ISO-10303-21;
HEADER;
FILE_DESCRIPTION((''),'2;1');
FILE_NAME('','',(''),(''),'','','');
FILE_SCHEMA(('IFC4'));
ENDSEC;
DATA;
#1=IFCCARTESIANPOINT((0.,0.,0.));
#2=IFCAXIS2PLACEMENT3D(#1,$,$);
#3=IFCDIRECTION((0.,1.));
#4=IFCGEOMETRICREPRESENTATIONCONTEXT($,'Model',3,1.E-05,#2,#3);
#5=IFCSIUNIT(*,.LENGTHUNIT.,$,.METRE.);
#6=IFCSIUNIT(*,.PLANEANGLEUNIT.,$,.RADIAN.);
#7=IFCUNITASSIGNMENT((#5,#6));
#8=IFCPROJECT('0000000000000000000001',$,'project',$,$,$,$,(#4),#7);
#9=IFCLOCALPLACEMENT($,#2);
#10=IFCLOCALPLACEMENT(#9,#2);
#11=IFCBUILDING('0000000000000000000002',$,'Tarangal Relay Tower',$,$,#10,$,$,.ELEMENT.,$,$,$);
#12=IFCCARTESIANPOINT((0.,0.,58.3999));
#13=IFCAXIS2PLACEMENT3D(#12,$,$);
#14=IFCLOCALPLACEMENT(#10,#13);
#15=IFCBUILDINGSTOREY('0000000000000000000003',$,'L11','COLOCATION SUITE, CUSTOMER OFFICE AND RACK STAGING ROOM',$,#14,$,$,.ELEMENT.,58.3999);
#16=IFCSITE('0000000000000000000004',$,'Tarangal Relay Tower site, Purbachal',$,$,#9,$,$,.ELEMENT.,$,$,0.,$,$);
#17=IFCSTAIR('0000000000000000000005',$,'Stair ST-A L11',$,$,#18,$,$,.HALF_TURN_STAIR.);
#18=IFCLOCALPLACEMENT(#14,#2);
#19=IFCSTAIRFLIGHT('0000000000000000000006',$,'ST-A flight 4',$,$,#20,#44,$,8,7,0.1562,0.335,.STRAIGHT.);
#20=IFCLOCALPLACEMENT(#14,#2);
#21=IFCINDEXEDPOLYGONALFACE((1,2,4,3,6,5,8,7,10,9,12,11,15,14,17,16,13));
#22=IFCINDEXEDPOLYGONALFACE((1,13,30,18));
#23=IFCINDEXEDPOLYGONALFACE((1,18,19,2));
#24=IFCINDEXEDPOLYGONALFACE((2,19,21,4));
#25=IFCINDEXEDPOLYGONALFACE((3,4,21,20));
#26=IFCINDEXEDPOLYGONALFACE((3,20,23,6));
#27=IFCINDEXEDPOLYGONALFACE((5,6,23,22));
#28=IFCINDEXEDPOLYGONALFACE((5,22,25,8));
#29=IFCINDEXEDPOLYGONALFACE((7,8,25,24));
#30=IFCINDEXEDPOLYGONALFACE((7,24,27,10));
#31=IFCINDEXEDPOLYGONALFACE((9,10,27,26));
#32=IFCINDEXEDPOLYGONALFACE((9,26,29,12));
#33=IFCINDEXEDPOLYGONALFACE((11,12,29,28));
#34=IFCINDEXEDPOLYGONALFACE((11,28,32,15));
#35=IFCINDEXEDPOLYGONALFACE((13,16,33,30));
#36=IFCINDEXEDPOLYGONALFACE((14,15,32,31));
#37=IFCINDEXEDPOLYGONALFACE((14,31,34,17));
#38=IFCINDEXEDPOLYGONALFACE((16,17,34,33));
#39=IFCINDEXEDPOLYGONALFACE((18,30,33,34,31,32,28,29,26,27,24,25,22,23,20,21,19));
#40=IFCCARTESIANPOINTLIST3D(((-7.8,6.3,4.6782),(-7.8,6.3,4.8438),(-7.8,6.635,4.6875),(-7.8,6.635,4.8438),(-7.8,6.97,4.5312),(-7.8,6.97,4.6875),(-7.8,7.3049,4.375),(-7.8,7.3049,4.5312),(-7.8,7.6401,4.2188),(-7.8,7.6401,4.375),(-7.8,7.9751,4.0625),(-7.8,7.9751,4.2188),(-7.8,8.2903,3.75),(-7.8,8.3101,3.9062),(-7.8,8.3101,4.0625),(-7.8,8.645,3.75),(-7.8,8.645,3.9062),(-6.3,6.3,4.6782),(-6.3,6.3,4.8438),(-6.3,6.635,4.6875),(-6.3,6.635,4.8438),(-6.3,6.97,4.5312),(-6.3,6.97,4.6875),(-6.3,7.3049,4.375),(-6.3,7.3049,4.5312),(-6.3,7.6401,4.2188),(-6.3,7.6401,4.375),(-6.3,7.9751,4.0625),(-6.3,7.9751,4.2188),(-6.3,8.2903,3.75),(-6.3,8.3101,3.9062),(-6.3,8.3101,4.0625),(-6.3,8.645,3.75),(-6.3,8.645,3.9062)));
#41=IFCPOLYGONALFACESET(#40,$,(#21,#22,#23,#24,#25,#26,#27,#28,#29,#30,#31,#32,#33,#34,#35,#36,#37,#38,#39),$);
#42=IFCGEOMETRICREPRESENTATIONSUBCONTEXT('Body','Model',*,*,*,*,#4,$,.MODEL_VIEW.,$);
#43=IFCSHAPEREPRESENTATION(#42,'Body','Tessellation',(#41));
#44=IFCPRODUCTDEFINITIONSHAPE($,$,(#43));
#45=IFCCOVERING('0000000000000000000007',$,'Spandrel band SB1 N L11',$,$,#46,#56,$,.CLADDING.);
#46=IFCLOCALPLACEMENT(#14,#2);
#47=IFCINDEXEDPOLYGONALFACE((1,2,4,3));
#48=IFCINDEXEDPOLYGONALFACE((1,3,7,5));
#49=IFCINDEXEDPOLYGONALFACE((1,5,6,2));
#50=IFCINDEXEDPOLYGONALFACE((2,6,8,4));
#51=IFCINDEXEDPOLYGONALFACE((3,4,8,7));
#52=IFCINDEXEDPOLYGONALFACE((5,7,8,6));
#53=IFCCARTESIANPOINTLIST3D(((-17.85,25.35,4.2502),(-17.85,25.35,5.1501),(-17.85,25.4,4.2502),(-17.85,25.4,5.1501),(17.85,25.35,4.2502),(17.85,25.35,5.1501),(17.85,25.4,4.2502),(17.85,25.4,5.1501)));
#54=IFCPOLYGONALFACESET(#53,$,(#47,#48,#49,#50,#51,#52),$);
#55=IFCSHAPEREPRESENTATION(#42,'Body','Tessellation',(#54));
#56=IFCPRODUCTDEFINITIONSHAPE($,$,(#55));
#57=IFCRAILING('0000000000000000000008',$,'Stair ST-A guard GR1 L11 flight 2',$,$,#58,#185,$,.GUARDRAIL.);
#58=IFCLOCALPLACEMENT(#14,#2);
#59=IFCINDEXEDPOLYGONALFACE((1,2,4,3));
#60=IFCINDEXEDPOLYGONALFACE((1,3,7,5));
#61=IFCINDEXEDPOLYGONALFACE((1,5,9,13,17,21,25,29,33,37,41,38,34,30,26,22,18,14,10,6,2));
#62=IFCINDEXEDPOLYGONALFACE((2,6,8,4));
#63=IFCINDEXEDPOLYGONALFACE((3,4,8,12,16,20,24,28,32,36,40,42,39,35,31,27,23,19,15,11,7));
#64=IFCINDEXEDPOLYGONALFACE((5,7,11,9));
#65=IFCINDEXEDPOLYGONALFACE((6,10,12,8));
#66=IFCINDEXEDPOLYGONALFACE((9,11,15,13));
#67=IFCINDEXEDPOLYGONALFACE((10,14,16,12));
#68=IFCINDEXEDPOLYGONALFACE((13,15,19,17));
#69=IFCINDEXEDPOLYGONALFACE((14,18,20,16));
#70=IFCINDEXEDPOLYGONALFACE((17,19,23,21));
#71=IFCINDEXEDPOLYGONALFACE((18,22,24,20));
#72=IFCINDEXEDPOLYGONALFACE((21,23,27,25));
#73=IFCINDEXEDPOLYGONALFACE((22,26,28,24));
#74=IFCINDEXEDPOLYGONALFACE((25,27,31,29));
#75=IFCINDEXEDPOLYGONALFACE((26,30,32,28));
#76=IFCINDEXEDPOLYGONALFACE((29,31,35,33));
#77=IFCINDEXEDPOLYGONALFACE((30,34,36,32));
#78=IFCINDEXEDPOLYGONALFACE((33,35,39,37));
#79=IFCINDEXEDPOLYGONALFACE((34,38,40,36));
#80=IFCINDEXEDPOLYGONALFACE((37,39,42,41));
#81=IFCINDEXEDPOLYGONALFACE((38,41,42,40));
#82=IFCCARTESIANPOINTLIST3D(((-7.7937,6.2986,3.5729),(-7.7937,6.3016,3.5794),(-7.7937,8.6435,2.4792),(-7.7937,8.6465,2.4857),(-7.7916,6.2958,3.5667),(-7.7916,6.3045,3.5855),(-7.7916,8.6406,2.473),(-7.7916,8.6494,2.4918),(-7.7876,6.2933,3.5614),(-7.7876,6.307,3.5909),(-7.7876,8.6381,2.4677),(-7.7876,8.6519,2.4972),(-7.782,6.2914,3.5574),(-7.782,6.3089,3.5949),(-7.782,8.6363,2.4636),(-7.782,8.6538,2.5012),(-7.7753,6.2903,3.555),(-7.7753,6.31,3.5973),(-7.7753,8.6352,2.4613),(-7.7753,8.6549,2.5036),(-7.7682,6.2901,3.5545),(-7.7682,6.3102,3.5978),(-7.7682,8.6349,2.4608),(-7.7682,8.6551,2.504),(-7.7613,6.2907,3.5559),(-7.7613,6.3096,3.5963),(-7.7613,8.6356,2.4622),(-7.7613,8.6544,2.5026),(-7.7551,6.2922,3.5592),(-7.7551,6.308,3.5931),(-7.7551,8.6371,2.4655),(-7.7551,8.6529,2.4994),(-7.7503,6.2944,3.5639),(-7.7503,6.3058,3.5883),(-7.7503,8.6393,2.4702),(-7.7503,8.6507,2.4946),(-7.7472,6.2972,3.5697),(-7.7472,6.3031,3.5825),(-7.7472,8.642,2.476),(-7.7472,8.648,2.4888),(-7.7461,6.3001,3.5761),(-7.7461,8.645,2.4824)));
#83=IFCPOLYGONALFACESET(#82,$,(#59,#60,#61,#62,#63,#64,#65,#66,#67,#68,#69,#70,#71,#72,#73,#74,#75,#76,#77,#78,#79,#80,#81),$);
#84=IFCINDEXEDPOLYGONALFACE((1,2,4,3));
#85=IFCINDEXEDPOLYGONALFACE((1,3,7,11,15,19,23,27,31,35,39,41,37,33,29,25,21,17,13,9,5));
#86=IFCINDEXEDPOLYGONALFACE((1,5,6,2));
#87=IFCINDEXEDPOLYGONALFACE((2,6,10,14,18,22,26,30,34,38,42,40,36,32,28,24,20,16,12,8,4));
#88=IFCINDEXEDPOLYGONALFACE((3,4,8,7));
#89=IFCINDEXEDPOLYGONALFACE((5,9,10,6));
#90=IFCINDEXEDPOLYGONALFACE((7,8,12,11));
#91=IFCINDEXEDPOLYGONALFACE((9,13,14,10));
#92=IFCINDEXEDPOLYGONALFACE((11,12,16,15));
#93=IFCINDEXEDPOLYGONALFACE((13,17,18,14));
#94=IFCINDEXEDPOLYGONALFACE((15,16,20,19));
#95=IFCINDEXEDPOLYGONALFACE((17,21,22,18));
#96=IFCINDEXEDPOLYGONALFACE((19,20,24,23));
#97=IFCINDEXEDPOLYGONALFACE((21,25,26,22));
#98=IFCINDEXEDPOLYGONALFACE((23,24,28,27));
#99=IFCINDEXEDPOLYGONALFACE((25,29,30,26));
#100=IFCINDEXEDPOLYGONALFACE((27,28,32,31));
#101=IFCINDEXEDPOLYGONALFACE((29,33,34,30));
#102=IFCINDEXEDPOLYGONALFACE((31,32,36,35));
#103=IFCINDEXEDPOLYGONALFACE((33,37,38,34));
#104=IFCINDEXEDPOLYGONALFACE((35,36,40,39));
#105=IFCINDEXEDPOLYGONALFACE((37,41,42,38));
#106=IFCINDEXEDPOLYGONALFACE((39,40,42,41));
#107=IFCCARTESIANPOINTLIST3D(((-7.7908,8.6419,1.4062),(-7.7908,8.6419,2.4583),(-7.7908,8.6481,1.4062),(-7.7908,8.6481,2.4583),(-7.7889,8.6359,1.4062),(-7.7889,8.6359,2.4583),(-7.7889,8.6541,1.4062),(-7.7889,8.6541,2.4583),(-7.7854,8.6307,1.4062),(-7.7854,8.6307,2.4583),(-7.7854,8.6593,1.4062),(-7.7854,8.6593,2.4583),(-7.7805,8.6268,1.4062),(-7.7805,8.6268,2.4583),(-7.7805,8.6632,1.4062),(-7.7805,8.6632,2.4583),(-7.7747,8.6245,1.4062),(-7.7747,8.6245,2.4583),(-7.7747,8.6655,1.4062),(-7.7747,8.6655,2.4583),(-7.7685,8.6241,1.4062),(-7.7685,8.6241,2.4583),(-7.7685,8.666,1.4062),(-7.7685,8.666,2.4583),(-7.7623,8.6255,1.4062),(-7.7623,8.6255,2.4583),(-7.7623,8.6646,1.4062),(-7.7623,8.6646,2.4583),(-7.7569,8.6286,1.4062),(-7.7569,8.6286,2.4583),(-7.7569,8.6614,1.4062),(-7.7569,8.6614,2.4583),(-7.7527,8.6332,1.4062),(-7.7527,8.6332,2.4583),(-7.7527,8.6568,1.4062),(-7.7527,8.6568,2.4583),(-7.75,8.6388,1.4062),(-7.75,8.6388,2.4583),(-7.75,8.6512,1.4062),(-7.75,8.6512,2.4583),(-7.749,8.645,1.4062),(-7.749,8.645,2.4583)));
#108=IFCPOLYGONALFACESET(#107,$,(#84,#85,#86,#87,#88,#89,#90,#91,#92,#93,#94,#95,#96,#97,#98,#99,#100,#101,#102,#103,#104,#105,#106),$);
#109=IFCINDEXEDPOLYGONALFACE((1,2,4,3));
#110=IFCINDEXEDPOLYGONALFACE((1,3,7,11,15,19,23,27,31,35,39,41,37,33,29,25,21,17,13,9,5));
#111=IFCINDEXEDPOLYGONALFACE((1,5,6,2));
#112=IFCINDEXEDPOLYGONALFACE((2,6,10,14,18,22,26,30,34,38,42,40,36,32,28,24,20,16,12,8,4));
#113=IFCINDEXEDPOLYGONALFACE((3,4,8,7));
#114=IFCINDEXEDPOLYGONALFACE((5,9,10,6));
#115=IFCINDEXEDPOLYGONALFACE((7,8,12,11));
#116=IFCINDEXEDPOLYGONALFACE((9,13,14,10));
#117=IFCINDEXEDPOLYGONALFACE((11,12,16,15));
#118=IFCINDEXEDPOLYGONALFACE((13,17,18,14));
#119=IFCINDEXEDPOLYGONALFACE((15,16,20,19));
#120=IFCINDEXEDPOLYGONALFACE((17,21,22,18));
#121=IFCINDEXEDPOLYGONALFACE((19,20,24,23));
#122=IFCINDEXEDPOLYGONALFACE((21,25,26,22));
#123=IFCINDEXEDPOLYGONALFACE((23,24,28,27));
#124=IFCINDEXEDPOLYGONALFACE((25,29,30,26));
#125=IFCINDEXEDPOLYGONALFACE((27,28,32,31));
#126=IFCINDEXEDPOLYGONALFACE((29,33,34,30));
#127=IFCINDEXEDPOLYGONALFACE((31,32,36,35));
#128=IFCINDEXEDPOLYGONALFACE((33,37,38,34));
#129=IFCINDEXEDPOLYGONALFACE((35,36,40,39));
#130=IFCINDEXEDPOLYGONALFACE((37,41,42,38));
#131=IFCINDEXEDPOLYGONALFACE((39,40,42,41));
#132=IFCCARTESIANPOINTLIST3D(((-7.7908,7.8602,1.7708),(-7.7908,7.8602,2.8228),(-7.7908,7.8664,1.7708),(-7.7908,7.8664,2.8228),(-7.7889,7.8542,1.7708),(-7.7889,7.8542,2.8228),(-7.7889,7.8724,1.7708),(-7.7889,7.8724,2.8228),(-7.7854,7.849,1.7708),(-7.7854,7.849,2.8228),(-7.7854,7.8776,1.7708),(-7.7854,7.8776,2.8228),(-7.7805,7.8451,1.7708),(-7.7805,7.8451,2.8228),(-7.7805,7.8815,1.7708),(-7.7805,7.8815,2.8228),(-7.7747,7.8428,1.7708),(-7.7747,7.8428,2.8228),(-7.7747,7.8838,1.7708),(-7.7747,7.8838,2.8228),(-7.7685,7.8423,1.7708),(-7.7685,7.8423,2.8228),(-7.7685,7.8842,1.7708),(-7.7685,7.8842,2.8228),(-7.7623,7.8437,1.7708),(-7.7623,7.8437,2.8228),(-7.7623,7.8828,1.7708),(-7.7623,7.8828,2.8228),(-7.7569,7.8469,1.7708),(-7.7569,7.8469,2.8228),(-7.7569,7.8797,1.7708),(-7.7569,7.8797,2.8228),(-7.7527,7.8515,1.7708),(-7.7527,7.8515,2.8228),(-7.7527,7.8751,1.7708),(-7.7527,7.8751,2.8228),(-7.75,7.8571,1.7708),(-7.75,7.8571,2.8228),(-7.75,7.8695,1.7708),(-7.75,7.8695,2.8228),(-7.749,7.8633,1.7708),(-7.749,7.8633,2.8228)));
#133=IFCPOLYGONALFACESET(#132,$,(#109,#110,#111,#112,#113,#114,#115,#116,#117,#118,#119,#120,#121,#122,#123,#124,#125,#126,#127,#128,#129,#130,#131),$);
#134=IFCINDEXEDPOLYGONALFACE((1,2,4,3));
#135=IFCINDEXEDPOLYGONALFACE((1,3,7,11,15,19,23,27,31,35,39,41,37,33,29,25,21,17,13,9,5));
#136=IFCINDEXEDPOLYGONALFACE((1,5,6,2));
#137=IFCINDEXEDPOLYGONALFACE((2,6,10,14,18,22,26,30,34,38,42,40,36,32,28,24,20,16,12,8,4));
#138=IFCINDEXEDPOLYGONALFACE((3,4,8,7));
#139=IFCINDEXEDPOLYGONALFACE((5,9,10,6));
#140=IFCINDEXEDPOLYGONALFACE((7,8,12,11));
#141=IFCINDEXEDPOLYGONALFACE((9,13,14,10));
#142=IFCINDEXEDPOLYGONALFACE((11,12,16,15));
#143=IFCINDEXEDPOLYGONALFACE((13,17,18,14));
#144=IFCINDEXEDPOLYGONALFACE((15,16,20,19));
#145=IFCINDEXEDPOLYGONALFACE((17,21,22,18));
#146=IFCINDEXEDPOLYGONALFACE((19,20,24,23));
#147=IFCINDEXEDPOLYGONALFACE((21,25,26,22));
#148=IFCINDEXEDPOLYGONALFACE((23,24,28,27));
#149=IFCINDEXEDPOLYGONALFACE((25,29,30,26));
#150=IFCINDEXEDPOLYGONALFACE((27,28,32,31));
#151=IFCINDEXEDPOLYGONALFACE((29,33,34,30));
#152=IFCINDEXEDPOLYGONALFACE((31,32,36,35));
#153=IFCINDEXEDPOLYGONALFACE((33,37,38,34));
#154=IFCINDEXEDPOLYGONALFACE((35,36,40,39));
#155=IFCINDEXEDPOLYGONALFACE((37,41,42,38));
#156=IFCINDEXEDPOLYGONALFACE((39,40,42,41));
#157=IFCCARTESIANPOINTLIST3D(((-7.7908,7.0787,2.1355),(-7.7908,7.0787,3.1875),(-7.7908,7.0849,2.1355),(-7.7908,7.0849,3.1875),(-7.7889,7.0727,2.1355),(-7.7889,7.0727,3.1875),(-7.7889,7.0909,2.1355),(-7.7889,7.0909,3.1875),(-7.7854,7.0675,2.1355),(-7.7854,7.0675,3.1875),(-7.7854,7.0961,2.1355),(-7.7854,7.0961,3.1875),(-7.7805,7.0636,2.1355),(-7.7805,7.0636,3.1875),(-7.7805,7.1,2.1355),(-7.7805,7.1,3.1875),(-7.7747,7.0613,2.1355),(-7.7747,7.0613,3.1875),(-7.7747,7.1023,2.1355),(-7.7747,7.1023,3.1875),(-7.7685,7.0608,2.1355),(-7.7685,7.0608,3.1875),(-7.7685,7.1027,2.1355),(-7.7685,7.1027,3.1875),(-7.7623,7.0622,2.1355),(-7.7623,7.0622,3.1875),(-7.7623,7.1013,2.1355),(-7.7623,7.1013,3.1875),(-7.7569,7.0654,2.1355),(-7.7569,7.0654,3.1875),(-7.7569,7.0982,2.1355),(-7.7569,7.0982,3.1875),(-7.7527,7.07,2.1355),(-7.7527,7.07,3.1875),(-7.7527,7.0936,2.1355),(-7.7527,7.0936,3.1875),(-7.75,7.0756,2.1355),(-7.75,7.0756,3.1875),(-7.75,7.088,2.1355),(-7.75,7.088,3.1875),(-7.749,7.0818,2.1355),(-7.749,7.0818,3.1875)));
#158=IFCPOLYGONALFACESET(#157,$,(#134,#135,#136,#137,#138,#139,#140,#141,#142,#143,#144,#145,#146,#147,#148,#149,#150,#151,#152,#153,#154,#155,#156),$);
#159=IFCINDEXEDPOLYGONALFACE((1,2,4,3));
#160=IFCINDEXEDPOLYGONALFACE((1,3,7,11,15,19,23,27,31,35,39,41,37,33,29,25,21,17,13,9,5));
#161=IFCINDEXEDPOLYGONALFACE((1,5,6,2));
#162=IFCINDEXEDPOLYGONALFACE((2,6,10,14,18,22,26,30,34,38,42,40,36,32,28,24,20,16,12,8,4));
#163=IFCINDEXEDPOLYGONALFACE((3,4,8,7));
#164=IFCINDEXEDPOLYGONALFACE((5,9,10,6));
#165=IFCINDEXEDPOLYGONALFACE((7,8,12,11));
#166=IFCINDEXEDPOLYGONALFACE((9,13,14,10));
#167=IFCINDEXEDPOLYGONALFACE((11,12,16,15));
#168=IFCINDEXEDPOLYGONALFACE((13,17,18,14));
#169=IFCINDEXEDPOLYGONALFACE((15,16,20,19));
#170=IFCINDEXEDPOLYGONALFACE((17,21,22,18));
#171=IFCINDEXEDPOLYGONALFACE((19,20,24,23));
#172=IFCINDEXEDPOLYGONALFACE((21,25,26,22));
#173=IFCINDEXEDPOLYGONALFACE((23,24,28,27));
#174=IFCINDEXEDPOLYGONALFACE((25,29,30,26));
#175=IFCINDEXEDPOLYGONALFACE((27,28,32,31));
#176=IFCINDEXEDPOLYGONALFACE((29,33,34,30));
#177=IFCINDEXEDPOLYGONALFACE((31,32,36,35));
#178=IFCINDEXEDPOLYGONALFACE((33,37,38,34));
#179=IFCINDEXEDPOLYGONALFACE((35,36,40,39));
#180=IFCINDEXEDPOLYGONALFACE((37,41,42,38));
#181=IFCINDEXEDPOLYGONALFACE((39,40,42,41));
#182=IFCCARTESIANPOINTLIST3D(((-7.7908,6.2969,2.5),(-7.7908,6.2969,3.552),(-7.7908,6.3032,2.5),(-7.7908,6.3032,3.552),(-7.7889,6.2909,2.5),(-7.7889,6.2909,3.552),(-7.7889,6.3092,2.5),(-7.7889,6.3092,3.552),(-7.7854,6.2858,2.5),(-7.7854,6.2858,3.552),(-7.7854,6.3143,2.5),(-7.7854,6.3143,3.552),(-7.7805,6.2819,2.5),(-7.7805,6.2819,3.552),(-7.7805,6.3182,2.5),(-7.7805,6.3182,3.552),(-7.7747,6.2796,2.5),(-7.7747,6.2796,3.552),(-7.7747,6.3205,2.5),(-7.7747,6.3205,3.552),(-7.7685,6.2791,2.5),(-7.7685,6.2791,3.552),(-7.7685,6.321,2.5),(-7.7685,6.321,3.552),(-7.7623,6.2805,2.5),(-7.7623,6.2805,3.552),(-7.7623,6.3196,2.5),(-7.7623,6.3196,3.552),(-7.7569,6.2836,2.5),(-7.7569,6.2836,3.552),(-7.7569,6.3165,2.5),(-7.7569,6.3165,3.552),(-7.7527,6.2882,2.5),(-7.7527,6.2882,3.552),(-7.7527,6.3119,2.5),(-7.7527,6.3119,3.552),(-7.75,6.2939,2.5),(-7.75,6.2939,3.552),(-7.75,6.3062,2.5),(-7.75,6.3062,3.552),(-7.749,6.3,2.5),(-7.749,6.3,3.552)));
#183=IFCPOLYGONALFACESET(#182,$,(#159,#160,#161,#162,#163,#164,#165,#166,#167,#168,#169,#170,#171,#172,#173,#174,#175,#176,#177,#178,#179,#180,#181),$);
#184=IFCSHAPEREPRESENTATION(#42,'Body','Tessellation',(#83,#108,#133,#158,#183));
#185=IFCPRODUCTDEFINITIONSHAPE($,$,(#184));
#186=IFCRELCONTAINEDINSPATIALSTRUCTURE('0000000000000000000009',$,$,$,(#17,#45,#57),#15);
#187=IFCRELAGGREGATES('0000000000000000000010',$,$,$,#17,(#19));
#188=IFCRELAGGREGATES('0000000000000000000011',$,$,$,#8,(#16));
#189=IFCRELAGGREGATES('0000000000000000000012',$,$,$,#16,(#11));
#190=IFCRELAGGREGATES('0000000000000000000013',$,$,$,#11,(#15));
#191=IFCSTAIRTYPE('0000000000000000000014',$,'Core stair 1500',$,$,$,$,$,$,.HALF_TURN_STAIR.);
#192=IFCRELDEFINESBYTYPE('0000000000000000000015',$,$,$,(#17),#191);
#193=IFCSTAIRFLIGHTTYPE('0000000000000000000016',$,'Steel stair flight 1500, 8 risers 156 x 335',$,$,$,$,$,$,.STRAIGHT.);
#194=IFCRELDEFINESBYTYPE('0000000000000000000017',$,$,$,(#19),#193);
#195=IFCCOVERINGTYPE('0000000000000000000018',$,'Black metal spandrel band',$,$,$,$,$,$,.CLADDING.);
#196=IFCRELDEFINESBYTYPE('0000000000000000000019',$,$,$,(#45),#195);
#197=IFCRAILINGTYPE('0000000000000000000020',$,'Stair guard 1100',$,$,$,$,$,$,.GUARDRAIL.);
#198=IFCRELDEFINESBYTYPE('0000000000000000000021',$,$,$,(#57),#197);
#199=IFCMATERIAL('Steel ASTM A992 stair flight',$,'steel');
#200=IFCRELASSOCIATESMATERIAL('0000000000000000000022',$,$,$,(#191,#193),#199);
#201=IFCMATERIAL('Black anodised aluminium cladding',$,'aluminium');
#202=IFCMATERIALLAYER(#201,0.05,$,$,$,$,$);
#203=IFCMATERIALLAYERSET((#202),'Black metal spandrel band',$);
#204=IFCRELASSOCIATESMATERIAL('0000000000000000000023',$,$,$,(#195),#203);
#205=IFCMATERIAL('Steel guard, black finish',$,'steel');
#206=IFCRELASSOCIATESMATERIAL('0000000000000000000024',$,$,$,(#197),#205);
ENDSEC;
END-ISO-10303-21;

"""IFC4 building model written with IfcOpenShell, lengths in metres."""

from ifc_helpers import new_model, si_unit, direction, frame, origin, origin_2d, place, context, subcontext, project, spatial, polyline, rectangle, circle, outline, extrude, material, layer, layer_set, type_object, element, aggregate, save


model = new_model("IFC4")

# Units and contexts
model_context = context("Model", 3, precision=1e-05, world=origin(), true_north=direction((0.0, 1.0)))
body_context = subcontext(model_context, "Body", "Model", "MODEL_VIEW")
ifc_project = project(units=[si_unit("LENGTHUNIT", "METRE"), si_unit("PLANEANGLEUNIT", "RADIAN")], contexts=[model_context])

# Site, building, storey
site_placement = place(None, origin())
site = spatial("IfcSite", under=ifc_project, at=site_placement, Name="Tarangal Relay Tower site, Purbachal", CompositionType="ELEMENT", RefElevation=0.0)
building_placement = place(site_placement, origin())
building = spatial("IfcBuilding", under=site, at=building_placement, Name="Tarangal Relay Tower", CompositionType="ELEMENT")
storey_placement = place(building_placement, frame((0.0, 0.0, 58.3999)))
storey = spatial("IfcBuildingStorey", under=building, at=storey_placement, Name="L11", Description="COLOCATION SUITE, CUSTOMER OFFICE AND RACK STAGING ROOM", CompositionType="ELEMENT", Elevation=58.3999)

# Stair, stair flight
ifc_material_1 = material(Name="Steel ASTM A992 stair flight", Category="steel")
stair_type = type_object("IfcStairType", Name="Core stair 1500", PredefinedType="HALF_TURN_STAIR", material=ifc_material_1)
stair_placement = place(storey_placement, origin())
stair = element("IfcStair", 1, at=stair_placement, inside=storey, type_object=stair_type, Name="Stair ST-A L11", PredefinedType="HALF_TURN_STAIR")
stair_flight_type = type_object("IfcStairFlightType", Name="Steel stair flight 1500, 8 risers 156 x 335", PredefinedType="STRAIGHT", material=ifc_material_1)
stair_flight_1_placement = place(storey_placement, frame((-7.05, 8.645, 3.75), z_axis=(0.0, 0.0, 1.0), x_axis=(0.0, -1.0, 0.0)))
stair_flight_1 = element("IfcStairFlight", 2, at=stair_flight_1_placement, type_object=stair_flight_type, Name="ST-A flight 4", NumberOfRisers=8, NumberOfTreads=7, PredefinedType="STRAIGHT", RiserHeight=0.1562, TreadLength=0.335, context=body_context, shape_type="SweptSolid", body=[
    extrude(outline(polyline([(0.0, 0.0), (0.0, 0.1562), (0.335, 0.1562), (0.335, 0.3125), (0.6699, 0.3125), (0.6699, 0.4688), (1.0049, 0.4688), (1.0049, 0.625), (1.3401, 0.625), (1.3401, 0.7812), (1.675, 0.7812), (1.675, 0.9375), (2.01, 0.9375), (2.01, 1.0938), (2.345, 1.0938), (2.345, 1.25), (2.345, 0.9282), (0.3547, 0.0), (0.0, 0.0)])), frame((0.0, 0.75, 0.0), z_axis=(0.0, -1.0, 0.0), x_axis=(1.0, 0.0, 0.0)), (0.0, 0.0, 1.0), 1.5),
])
aggregate(stair, [stair_flight_1])

# Covering
ifc_material_2 = material(Name="Black anodised aluminium cladding", Category="aluminium")
ifc_layer_1 = layer(ifc_material_2, 0.05)
ifc_layer_set_1 = layer_set([ifc_layer_1], Name="Black metal spandrel band")
covering_type = type_object("IfcCoveringType", Name="Black metal spandrel band", PredefinedType="CLADDING", material=ifc_layer_set_1)
covering_placement = place(storey_placement, frame((0.0, 25.375, 4.2502), z_axis=(0.0, 0.0, 1.0), x_axis=(1.0, 0.0, 0.0)))
element("IfcCovering", 3, at=covering_placement, inside=storey, type_object=covering_type, Name="Spandrel band SB1 N L11", PredefinedType="CLADDING", context=body_context, shape_type="SweptSolid", body=[
    extrude(rectangle(XDim=35.7, YDim=0.05, at=origin_2d()), origin(), (0.0, 0.0, 1.0), 0.8999),
])

# Railing
ifc_material_3 = material(Name="Steel guard, black finish", Category="steel")
railing_type_1 = type_object("IfcRailingType", Name="Stair guard 1100", PredefinedType="GUARDRAIL", material=ifc_material_3)
for number, where, name in (
    (4, (-7.77, 8.645, 1.4062), "Stair ST-A guard GR1 L11 flight 2"),
):
    element("IfcRailing", number, at=place(storey_placement, frame(where)), inside=storey, type_object=railing_type_1, Name=name, PredefinedType="GUARDRAIL", context=body_context, shape_type="SweptSolid", body=[
        extrude(circle(Radius=0.0239, at=origin_2d()), frame((0.0, 0.0, 1.0762), z_axis=(0.0, -0.906267, 0.422705), x_axis=(1.0, 0.0, 0.0)), (0.0, 0.0, 1.0), 2.5874),
        extrude(circle(Radius=0.021, at=origin_2d()), origin(), (0.0, 0.0, 1.0), 1.052),
        extrude(circle(Radius=0.021, at=origin_2d()), frame((0.0, -0.7817, 0.3645)), (0.0, 0.0, 1.0), 1.052),
        extrude(circle(Radius=0.021, at=origin_2d()), frame((0.0, -1.5632, 0.7292)), (0.0, 0.0, 1.0), 1.052),
        extrude(circle(Radius=0.021, at=origin_2d()), frame((0.0, -2.345, 1.0938)), (0.0, 0.0, 1.0), 1.052),
    ])

save(model, "model.ifc")
